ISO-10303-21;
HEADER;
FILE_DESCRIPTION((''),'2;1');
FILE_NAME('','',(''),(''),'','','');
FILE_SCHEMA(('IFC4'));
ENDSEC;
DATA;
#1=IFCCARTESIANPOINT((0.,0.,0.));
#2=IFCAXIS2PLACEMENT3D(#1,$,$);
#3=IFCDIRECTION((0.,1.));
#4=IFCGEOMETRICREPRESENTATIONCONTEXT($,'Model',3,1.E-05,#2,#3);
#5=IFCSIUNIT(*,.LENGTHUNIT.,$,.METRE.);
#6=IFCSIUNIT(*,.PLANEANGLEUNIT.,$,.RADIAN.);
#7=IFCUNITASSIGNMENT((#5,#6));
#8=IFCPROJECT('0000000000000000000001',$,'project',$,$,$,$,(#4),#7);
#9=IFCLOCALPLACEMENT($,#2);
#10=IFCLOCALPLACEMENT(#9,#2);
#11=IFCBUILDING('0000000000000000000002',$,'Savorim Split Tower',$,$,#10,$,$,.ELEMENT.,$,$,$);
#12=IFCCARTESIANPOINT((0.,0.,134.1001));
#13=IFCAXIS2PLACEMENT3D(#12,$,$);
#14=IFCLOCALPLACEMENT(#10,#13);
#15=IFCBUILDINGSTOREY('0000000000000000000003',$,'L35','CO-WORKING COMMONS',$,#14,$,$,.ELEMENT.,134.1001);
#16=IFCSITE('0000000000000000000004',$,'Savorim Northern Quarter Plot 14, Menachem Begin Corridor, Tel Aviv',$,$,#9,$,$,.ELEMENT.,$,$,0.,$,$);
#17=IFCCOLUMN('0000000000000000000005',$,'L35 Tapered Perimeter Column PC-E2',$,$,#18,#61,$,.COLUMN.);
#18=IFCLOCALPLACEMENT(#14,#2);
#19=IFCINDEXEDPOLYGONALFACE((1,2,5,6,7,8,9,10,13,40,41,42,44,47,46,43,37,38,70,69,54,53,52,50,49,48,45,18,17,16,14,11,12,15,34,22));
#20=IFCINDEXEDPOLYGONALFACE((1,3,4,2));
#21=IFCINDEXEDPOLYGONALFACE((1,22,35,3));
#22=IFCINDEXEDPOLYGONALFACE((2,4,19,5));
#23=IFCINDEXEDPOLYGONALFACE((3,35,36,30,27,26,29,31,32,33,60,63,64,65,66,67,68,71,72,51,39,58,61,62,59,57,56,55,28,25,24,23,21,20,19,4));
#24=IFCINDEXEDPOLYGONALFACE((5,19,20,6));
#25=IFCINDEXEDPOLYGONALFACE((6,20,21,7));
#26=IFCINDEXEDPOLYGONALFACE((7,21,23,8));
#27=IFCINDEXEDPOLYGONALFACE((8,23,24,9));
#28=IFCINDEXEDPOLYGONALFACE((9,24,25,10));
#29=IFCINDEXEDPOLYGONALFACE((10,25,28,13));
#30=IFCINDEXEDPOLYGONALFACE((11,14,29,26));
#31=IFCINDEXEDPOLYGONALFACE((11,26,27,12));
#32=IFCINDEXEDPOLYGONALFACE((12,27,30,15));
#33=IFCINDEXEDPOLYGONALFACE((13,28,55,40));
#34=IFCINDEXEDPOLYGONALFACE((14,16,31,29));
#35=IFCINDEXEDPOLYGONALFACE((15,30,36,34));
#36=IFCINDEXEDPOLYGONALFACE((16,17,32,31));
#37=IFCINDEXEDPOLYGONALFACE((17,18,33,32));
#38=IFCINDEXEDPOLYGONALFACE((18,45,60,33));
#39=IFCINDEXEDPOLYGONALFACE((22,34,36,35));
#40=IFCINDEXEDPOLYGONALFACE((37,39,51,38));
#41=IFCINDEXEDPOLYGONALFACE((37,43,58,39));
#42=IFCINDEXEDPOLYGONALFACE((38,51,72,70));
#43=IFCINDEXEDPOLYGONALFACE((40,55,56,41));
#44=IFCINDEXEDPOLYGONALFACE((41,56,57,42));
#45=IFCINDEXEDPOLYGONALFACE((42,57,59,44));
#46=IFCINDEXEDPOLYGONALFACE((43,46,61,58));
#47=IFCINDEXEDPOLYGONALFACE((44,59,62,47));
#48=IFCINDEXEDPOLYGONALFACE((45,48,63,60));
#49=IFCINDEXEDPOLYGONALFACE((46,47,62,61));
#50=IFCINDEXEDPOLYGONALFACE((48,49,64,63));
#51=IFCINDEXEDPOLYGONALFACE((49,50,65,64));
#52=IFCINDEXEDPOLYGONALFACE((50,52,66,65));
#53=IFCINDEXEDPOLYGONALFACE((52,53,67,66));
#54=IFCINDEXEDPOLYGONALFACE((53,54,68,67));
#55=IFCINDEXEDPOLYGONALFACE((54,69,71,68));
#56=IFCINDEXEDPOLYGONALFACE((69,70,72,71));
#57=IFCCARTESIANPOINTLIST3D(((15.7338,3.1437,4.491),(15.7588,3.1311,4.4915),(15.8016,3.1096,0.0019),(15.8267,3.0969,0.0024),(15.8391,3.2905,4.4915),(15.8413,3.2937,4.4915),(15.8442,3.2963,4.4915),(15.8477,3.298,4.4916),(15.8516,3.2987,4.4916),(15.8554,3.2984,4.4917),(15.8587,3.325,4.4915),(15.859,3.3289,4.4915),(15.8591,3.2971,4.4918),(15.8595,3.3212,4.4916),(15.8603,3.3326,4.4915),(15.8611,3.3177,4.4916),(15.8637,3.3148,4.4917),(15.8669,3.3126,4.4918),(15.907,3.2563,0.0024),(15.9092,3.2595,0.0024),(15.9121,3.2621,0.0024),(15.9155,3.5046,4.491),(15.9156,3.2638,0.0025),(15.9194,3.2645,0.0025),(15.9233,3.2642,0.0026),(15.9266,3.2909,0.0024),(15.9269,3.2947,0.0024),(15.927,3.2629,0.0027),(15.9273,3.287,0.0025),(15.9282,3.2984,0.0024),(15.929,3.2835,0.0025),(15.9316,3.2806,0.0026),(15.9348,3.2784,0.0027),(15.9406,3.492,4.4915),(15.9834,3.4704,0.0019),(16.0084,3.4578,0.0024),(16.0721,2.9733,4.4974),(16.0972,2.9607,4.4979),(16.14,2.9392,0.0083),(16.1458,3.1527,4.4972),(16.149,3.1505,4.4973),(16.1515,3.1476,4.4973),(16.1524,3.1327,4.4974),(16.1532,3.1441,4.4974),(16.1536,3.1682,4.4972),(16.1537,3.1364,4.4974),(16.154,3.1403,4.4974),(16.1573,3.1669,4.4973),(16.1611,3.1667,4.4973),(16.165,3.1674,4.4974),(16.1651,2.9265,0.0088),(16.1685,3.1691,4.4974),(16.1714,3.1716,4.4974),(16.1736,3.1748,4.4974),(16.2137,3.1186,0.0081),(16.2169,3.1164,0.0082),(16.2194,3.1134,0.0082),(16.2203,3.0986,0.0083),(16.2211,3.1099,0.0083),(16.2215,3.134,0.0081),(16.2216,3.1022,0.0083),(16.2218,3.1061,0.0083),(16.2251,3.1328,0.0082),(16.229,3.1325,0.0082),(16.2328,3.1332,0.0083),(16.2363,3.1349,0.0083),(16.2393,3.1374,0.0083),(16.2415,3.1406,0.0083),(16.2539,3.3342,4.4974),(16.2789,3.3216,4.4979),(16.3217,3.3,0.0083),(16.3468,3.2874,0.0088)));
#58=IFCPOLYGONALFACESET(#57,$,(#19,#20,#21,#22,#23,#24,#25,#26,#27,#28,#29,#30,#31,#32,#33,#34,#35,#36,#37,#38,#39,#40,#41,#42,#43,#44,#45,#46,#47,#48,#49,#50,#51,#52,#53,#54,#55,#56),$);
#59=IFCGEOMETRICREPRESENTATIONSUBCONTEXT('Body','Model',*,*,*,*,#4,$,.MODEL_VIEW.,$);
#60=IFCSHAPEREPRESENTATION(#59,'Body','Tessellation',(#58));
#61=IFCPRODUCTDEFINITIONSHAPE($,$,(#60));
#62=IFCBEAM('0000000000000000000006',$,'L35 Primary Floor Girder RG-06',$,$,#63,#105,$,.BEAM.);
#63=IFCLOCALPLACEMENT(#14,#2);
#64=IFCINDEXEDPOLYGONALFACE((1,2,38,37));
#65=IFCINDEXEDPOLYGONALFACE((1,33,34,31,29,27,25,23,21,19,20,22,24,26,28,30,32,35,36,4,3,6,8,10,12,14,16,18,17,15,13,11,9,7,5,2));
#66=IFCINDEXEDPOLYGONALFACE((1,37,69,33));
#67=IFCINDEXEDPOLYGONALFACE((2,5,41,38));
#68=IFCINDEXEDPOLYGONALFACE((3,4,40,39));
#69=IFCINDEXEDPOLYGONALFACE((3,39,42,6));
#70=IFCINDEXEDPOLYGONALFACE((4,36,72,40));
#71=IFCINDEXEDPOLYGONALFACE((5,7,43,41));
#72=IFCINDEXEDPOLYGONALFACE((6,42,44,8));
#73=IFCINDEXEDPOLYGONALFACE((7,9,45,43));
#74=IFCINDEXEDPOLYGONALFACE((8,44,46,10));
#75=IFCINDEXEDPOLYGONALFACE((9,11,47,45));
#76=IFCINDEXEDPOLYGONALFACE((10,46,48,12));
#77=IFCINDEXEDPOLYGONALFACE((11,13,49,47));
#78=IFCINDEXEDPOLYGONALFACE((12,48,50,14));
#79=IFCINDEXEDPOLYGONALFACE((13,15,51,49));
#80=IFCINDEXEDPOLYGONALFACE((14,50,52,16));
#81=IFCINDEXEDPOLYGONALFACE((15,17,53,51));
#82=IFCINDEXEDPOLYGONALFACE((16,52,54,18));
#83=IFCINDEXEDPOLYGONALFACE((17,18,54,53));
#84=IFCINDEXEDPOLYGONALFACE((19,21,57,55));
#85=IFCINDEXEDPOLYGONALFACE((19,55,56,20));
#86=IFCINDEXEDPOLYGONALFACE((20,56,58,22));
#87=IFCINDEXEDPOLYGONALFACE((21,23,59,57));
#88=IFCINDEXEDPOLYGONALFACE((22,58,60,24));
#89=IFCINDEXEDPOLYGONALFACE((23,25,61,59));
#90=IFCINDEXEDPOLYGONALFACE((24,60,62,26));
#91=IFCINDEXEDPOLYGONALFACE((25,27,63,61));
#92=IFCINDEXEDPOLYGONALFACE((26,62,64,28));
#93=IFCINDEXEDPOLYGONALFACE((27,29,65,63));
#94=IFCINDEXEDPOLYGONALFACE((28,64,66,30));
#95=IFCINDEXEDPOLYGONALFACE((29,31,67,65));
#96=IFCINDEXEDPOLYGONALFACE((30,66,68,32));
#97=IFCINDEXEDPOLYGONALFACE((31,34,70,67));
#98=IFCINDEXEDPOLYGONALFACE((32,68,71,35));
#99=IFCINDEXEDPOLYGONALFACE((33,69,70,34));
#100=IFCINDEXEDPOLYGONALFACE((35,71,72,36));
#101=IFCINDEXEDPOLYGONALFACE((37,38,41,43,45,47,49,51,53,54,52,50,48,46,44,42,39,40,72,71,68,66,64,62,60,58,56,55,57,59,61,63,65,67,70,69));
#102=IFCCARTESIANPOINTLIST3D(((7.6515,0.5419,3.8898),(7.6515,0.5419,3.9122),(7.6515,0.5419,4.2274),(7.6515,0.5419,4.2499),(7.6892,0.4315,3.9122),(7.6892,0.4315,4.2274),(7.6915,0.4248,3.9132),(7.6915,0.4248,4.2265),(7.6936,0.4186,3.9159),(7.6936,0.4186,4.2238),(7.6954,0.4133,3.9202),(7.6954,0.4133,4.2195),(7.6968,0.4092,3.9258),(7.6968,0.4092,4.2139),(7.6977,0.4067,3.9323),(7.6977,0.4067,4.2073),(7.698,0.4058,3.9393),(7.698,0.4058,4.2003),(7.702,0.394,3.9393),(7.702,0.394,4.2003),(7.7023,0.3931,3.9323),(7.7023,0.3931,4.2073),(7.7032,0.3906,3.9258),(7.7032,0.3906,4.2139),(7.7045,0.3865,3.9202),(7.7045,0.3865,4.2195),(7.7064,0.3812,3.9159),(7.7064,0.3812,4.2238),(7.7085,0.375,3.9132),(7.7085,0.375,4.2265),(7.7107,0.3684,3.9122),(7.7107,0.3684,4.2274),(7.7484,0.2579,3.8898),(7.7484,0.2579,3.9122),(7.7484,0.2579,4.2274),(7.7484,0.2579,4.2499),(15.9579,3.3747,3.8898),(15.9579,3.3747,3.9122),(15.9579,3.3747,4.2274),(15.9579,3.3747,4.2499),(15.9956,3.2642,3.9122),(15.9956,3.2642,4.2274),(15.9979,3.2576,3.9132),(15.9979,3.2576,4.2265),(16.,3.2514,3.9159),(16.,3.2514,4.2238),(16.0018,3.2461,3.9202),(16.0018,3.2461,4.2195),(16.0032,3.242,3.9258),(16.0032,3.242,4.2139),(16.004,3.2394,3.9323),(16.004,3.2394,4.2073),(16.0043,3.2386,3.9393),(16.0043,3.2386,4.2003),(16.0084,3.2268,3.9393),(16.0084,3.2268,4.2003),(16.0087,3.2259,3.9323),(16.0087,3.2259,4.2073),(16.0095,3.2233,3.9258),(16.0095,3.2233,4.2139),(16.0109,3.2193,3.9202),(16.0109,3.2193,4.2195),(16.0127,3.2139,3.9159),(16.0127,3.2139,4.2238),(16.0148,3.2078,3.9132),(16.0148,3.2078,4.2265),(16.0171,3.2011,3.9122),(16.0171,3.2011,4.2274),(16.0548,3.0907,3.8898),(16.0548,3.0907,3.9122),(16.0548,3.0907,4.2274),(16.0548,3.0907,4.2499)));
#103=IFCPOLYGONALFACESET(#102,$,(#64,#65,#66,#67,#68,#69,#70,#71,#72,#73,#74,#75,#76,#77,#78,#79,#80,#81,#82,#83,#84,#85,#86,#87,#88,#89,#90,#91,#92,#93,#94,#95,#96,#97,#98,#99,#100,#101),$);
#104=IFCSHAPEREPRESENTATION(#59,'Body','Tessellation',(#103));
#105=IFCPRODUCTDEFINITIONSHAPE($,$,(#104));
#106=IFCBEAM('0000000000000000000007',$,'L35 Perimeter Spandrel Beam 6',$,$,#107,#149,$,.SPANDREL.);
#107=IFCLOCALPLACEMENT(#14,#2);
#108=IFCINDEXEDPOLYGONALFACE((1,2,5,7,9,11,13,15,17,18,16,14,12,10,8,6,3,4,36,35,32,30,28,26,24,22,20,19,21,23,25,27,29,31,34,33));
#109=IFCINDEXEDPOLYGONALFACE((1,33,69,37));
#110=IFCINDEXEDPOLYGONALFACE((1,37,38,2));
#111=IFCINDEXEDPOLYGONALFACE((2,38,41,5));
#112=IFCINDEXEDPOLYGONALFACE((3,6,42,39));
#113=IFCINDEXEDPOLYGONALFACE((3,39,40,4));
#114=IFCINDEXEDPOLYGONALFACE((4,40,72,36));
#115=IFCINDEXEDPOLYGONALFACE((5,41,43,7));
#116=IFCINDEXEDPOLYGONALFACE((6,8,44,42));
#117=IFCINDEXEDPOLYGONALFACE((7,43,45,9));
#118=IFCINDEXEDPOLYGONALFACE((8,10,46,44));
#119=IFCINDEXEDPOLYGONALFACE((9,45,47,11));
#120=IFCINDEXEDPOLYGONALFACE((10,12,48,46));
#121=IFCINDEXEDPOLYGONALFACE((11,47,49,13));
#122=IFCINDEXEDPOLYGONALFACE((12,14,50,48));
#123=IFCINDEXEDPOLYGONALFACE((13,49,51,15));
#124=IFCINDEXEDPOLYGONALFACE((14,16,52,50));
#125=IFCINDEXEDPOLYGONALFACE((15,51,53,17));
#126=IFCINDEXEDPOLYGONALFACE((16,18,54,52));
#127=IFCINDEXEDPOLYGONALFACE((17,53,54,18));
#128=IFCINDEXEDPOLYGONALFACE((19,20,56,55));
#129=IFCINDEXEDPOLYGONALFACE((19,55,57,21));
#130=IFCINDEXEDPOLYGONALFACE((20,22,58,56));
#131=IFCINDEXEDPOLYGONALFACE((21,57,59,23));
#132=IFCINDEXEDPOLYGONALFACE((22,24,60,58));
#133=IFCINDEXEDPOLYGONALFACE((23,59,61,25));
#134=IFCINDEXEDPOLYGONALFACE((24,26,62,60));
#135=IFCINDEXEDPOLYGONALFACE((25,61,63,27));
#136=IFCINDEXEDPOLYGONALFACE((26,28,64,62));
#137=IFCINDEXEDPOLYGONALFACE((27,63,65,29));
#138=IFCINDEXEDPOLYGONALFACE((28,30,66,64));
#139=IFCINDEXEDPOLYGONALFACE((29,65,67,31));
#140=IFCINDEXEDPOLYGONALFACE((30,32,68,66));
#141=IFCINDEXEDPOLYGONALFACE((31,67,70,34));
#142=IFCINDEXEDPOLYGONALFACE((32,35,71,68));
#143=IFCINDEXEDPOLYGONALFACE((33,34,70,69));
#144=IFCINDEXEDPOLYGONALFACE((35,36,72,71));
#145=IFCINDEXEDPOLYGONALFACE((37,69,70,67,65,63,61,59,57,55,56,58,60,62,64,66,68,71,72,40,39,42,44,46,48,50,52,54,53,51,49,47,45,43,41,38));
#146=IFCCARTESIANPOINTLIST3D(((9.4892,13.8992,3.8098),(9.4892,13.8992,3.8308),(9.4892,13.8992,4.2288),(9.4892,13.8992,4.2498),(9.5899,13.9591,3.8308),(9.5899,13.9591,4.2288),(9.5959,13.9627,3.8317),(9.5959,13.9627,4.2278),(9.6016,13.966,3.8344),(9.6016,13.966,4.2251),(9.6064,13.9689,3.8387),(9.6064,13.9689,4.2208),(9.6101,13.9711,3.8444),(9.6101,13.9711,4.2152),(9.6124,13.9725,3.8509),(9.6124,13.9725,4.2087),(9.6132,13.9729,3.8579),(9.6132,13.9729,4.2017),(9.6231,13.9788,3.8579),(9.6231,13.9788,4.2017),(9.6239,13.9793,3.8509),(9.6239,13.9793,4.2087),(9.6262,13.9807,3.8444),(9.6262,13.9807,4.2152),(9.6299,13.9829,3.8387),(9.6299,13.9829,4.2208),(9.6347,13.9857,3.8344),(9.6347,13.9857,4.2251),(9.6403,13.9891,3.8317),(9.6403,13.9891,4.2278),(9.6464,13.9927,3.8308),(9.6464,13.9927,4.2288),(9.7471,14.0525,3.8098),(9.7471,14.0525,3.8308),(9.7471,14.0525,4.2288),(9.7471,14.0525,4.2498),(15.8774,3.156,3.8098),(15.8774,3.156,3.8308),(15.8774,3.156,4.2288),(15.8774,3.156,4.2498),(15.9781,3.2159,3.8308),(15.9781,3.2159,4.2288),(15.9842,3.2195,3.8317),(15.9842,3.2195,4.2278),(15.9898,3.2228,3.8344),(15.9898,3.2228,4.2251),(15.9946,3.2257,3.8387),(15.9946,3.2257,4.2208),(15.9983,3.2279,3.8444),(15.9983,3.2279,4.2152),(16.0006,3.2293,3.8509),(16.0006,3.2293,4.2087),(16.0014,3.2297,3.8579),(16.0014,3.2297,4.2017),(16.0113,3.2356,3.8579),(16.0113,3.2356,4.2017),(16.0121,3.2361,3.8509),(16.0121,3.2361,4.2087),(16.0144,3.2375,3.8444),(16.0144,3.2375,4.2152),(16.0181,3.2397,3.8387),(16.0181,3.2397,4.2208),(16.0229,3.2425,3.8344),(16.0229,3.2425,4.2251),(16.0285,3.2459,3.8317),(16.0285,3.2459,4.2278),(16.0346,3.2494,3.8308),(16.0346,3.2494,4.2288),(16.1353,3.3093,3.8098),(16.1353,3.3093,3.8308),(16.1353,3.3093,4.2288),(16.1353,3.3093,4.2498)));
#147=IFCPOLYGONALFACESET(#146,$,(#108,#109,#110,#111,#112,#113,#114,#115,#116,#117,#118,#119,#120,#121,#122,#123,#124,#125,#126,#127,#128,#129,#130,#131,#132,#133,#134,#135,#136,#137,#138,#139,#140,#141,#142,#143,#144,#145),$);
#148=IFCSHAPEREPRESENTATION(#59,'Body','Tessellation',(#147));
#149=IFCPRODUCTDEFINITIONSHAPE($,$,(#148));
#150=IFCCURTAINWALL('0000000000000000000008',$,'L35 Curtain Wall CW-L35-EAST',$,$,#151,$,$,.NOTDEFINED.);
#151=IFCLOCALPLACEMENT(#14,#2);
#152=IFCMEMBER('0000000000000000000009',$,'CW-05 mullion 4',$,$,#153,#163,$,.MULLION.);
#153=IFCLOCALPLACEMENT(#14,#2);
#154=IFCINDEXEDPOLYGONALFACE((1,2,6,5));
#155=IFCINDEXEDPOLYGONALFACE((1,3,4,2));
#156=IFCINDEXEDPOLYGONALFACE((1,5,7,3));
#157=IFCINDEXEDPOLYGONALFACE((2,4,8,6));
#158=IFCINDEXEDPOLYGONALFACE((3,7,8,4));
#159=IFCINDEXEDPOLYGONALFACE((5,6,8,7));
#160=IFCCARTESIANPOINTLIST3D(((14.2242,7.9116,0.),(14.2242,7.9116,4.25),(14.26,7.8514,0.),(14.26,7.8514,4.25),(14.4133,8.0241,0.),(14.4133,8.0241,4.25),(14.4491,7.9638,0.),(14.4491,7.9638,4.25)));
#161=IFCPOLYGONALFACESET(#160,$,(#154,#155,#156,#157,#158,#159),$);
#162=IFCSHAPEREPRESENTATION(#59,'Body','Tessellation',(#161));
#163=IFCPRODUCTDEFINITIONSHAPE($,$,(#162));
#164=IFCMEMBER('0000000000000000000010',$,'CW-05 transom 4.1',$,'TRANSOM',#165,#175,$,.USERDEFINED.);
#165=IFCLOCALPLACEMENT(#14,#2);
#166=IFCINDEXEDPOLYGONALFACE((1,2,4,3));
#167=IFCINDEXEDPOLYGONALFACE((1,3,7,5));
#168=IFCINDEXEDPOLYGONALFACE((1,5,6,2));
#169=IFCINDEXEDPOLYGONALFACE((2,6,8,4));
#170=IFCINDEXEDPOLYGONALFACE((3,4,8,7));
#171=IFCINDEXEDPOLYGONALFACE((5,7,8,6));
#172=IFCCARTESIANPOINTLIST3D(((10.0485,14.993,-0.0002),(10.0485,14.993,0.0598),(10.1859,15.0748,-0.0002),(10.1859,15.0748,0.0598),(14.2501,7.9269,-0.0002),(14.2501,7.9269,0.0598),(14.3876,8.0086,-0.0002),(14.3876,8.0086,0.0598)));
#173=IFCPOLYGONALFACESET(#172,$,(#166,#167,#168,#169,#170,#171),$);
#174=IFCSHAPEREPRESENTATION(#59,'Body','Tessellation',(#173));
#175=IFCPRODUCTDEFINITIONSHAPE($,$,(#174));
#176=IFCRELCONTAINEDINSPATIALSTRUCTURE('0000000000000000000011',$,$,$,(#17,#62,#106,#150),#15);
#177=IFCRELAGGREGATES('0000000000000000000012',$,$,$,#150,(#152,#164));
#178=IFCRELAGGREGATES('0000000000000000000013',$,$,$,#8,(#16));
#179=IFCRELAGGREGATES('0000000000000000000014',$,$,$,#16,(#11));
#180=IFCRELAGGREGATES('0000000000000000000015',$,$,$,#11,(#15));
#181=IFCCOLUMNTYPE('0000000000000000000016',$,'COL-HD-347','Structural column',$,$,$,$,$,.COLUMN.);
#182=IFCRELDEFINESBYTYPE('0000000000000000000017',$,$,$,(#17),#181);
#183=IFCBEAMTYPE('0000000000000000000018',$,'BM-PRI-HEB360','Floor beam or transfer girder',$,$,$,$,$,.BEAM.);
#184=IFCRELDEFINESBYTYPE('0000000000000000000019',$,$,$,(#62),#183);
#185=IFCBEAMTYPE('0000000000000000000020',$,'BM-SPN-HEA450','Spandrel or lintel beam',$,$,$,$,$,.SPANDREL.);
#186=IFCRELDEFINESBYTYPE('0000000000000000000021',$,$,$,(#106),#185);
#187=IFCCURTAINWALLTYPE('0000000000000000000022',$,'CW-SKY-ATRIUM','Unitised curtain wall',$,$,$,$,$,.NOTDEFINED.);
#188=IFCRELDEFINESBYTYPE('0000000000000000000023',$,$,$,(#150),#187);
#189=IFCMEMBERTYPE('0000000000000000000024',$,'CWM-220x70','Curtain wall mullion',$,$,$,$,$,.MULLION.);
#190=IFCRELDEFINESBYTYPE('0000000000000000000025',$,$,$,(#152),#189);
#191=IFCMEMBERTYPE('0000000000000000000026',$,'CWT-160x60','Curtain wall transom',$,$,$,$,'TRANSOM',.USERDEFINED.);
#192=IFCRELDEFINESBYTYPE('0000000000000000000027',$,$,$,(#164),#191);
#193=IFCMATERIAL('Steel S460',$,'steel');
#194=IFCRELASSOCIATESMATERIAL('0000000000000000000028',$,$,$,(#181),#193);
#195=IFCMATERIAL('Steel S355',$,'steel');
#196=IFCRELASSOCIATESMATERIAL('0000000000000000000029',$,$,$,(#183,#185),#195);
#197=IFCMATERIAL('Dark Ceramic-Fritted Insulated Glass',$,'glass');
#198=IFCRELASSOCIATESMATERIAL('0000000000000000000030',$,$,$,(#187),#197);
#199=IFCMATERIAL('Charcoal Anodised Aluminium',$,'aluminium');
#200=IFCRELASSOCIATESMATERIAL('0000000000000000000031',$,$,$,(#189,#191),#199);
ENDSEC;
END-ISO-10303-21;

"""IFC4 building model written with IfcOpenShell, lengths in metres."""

from ifc_helpers import new_model, si_unit, direction, frame, origin, origin_2d, place, context, subcontext, project, spatial, rectangle, i_section, extrude, material, material_profile, profile_set, type_object, element, aggregate, save


model = new_model("IFC4")

# Units and contexts
model_context = context("Model", 3, precision=1e-05, world=origin(), true_north=direction((0.0, 1.0)))
body_context = subcontext(model_context, "Body", "Model", "MODEL_VIEW")
ifc_project = project(units=[si_unit("LENGTHUNIT", "METRE"), si_unit("PLANEANGLEUNIT", "RADIAN")], contexts=[model_context])

# Site, building, storey
site_placement = place(None, origin())
site = spatial("IfcSite", under=ifc_project, at=site_placement, Name="Savorim Northern Quarter Plot 14, Menachem Begin Corridor, Tel Aviv", CompositionType="ELEMENT", RefElevation=0.0)
building_placement = place(site_placement, origin())
building = spatial("IfcBuilding", under=site, at=building_placement, Name="Savorim Split Tower", CompositionType="ELEMENT")
storey_placement = place(building_placement, frame((0.0, 0.0, 134.1001)))
storey = spatial("IfcBuildingStorey", under=building, at=storey_placement, Name="L35", Description="CO-WORKING COMMONS", CompositionType="ELEMENT", Elevation=134.1001)

# Column
ifc_material_1 = material(Name="Steel S460", Category="steel")
ifc_material_profile_1 = material_profile(ifc_material_1, i_section(OverallWidth=0.4041, OverallDepth=0.407, WebThickness=0.0173, FlangeThickness=0.0281, FilletRadius=0.0149, at=origin_2d()), Name="HD 400x347")
ifc_profile_set_1 = profile_set([ifc_material_profile_1], Name="Steel S460")
column_type = type_object("IfcColumnType", Name="COL-HD-347", Description="Structural column", PredefinedType="COLUMN", material=ifc_profile_set_1)
column_placement = place(storey_placement, frame((16.0742, 3.1985, 0.0054), z_axis=(-0.015117, 0.007613, 0.999857), x_axis=(-0.449782, -0.893138, 0.0)))
element("IfcColumn", 1, at=column_placement, inside=storey, type_object=column_type, Name="L35 Tapered Perimeter Column PC-E2", PredefinedType="COLUMN", context=body_context, shape_type="SweptSolid", body=[
    extrude(i_section(OverallWidth=0.4041, OverallDepth=0.407, WebThickness=0.0173, FlangeThickness=0.0281, FilletRadius=0.0149, at=origin_2d()), origin(), (0.0, 0.0, 1.0), 4.4897),
])

# Beams
ifc_material_2 = material(Name="Steel S355", Category="steel")
ifc_material_profile_2 = material_profile(ifc_material_2, i_section(OverallWidth=0.3, OverallDepth=0.3601, WebThickness=0.0125, FlangeThickness=0.0225, FilletRadius=0.0271, at=origin_2d()), Name="HEB 360")
ifc_profile_set_2 = profile_set([ifc_material_profile_2], Name="Steel S355")
beam_type_1 = type_object("IfcBeamType", Name="BM-PRI-HEB360", Description="Floor beam or transfer girder", PredefinedType="BEAM", material=ifc_profile_set_2)
beam_1_placement = place(storey_placement, frame((16.0063, 3.2327, 4.0698), z_axis=(-0.946474, -0.32278, 0.0), x_axis=(0.32278, -0.946474, 0.0)))
element("IfcBeam", 2, at=beam_1_placement, inside=storey, type_object=beam_type_1, Name="L35 Primary Floor Girder RG-06", PredefinedType="BEAM", context=body_context, shape_type="SweptSolid", body=[
    extrude(i_section(OverallWidth=0.3, OverallDepth=0.3601, WebThickness=0.0125, FlangeThickness=0.0225, FilletRadius=0.0271, at=origin_2d()), origin(), (0.0, 0.0, 1.0), 8.7761),
])
ifc_material_profile_3 = material_profile(ifc_material_2, i_section(OverallWidth=0.3, OverallDepth=0.4399, WebThickness=0.0115, FlangeThickness=0.021, FilletRadius=0.0271, at=origin_2d()), Name="HEA 450")
ifc_profile_set_3 = profile_set([ifc_material_profile_3], Name="Steel S355")
beam_type_2 = type_object("IfcBeamType", Name="BM-SPN-HEA450", Description="Spandrel or lintel beam", PredefinedType="SPANDREL", material=ifc_profile_set_3)
beam_2_placement = place(storey_placement, frame((16.0063, 3.2327, 4.0298), z_axis=(-0.511096, 0.859523, 0.0), x_axis=(-0.859523, -0.511096, 0.0)))
element("IfcBeam", 3, at=beam_2_placement, inside=storey, type_object=beam_type_2, Name="L35 Perimeter Spandrel Beam 6", PredefinedType="SPANDREL", context=body_context, shape_type="SweptSolid", body=[
    extrude(i_section(OverallWidth=0.3, OverallDepth=0.4399, WebThickness=0.0115, FlangeThickness=0.021, FilletRadius=0.0271, at=origin_2d()), origin(), (0.0, 0.0, 1.0), 12.499),
])

# Curtain wall, members
ifc_material_3 = material(Name="Dark Ceramic-Fritted Insulated Glass", Category="glass")
curtain_wall_type = type_object("IfcCurtainWallType", Name="CW-SKY-ATRIUM", Description="Unitised curtain wall", PredefinedType="NOTDEFINED", material=ifc_material_3)
curtain_wall_placement = place(storey_placement, origin())
curtain_wall = element("IfcCurtainWall", 4, at=curtain_wall_placement, inside=storey, type_object=curtain_wall_type, Name="L35 Curtain Wall CW-L35-EAST", PredefinedType="NOTDEFINED")
ifc_material_4 = material(Name="Charcoal Anodised Aluminium", Category="aluminium")
ifc_material_profile_4 = material_profile(ifc_material_4, rectangle(XDim=0.22, YDim=0.0701, at=origin_2d()), Name="ALU-M 220x70")
ifc_profile_set_4 = profile_set([ifc_material_profile_4], Name="Charcoal Anodised Aluminium")
member_type_1 = type_object("IfcMemberType", Name="CWM-220x70", Description="Curtain wall mullion", PredefinedType="MULLION", material=ifc_profile_set_4)
member_1_placement = place(storey_placement, frame((14.3367, 7.9377, 0.0), z_axis=(0.0, 0.0, 1.0), x_axis=(-0.859527, -0.511091, 0.0)))
member_1 = element("IfcMember", 5, at=member_1_placement, type_object=member_type_1, Name="CW-05 mullion 4", PredefinedType="MULLION", context=body_context, shape_type="SweptSolid", body=[
    extrude(rectangle(XDim=0.22, YDim=0.0701, at=origin_2d()), origin(), (0.0, 0.0, 1.0), 4.25),
])
ifc_material_profile_5 = material_profile(ifc_material_4, rectangle(XDim=0.1599, YDim=0.0601, at=origin_2d()), Name="ALU-T 160x60")
ifc_profile_set_5 = profile_set([ifc_material_profile_5], Name="Charcoal Anodised Aluminium")
member_type_2 = type_object("IfcMemberType", Name="CWT-160x60", Description="Curtain wall transom", ElementType="TRANSOM", PredefinedType="USERDEFINED", material=ifc_profile_set_5)
member_2_placement = place(storey_placement, frame((14.3188, 7.9678, 0.0298), z_axis=(-0.51109, 0.859527, 0.0), x_axis=(-0.859527, -0.51109, 0.0)))
member_2 = element("IfcMember", 6, at=member_2_placement, type_object=member_type_2, Name="CW-05 transom 4.1", ObjectType="TRANSOM", PredefinedType="USERDEFINED", context=body_context, shape_type="SweptSolid", body=[
    extrude(rectangle(XDim=0.1599, YDim=0.0601, at=origin_2d()), origin(), (0.0, 0.0, 1.0), 8.2209),
])
aggregate(curtain_wall, [member_1, member_2])

save(model, "model.ifc")
